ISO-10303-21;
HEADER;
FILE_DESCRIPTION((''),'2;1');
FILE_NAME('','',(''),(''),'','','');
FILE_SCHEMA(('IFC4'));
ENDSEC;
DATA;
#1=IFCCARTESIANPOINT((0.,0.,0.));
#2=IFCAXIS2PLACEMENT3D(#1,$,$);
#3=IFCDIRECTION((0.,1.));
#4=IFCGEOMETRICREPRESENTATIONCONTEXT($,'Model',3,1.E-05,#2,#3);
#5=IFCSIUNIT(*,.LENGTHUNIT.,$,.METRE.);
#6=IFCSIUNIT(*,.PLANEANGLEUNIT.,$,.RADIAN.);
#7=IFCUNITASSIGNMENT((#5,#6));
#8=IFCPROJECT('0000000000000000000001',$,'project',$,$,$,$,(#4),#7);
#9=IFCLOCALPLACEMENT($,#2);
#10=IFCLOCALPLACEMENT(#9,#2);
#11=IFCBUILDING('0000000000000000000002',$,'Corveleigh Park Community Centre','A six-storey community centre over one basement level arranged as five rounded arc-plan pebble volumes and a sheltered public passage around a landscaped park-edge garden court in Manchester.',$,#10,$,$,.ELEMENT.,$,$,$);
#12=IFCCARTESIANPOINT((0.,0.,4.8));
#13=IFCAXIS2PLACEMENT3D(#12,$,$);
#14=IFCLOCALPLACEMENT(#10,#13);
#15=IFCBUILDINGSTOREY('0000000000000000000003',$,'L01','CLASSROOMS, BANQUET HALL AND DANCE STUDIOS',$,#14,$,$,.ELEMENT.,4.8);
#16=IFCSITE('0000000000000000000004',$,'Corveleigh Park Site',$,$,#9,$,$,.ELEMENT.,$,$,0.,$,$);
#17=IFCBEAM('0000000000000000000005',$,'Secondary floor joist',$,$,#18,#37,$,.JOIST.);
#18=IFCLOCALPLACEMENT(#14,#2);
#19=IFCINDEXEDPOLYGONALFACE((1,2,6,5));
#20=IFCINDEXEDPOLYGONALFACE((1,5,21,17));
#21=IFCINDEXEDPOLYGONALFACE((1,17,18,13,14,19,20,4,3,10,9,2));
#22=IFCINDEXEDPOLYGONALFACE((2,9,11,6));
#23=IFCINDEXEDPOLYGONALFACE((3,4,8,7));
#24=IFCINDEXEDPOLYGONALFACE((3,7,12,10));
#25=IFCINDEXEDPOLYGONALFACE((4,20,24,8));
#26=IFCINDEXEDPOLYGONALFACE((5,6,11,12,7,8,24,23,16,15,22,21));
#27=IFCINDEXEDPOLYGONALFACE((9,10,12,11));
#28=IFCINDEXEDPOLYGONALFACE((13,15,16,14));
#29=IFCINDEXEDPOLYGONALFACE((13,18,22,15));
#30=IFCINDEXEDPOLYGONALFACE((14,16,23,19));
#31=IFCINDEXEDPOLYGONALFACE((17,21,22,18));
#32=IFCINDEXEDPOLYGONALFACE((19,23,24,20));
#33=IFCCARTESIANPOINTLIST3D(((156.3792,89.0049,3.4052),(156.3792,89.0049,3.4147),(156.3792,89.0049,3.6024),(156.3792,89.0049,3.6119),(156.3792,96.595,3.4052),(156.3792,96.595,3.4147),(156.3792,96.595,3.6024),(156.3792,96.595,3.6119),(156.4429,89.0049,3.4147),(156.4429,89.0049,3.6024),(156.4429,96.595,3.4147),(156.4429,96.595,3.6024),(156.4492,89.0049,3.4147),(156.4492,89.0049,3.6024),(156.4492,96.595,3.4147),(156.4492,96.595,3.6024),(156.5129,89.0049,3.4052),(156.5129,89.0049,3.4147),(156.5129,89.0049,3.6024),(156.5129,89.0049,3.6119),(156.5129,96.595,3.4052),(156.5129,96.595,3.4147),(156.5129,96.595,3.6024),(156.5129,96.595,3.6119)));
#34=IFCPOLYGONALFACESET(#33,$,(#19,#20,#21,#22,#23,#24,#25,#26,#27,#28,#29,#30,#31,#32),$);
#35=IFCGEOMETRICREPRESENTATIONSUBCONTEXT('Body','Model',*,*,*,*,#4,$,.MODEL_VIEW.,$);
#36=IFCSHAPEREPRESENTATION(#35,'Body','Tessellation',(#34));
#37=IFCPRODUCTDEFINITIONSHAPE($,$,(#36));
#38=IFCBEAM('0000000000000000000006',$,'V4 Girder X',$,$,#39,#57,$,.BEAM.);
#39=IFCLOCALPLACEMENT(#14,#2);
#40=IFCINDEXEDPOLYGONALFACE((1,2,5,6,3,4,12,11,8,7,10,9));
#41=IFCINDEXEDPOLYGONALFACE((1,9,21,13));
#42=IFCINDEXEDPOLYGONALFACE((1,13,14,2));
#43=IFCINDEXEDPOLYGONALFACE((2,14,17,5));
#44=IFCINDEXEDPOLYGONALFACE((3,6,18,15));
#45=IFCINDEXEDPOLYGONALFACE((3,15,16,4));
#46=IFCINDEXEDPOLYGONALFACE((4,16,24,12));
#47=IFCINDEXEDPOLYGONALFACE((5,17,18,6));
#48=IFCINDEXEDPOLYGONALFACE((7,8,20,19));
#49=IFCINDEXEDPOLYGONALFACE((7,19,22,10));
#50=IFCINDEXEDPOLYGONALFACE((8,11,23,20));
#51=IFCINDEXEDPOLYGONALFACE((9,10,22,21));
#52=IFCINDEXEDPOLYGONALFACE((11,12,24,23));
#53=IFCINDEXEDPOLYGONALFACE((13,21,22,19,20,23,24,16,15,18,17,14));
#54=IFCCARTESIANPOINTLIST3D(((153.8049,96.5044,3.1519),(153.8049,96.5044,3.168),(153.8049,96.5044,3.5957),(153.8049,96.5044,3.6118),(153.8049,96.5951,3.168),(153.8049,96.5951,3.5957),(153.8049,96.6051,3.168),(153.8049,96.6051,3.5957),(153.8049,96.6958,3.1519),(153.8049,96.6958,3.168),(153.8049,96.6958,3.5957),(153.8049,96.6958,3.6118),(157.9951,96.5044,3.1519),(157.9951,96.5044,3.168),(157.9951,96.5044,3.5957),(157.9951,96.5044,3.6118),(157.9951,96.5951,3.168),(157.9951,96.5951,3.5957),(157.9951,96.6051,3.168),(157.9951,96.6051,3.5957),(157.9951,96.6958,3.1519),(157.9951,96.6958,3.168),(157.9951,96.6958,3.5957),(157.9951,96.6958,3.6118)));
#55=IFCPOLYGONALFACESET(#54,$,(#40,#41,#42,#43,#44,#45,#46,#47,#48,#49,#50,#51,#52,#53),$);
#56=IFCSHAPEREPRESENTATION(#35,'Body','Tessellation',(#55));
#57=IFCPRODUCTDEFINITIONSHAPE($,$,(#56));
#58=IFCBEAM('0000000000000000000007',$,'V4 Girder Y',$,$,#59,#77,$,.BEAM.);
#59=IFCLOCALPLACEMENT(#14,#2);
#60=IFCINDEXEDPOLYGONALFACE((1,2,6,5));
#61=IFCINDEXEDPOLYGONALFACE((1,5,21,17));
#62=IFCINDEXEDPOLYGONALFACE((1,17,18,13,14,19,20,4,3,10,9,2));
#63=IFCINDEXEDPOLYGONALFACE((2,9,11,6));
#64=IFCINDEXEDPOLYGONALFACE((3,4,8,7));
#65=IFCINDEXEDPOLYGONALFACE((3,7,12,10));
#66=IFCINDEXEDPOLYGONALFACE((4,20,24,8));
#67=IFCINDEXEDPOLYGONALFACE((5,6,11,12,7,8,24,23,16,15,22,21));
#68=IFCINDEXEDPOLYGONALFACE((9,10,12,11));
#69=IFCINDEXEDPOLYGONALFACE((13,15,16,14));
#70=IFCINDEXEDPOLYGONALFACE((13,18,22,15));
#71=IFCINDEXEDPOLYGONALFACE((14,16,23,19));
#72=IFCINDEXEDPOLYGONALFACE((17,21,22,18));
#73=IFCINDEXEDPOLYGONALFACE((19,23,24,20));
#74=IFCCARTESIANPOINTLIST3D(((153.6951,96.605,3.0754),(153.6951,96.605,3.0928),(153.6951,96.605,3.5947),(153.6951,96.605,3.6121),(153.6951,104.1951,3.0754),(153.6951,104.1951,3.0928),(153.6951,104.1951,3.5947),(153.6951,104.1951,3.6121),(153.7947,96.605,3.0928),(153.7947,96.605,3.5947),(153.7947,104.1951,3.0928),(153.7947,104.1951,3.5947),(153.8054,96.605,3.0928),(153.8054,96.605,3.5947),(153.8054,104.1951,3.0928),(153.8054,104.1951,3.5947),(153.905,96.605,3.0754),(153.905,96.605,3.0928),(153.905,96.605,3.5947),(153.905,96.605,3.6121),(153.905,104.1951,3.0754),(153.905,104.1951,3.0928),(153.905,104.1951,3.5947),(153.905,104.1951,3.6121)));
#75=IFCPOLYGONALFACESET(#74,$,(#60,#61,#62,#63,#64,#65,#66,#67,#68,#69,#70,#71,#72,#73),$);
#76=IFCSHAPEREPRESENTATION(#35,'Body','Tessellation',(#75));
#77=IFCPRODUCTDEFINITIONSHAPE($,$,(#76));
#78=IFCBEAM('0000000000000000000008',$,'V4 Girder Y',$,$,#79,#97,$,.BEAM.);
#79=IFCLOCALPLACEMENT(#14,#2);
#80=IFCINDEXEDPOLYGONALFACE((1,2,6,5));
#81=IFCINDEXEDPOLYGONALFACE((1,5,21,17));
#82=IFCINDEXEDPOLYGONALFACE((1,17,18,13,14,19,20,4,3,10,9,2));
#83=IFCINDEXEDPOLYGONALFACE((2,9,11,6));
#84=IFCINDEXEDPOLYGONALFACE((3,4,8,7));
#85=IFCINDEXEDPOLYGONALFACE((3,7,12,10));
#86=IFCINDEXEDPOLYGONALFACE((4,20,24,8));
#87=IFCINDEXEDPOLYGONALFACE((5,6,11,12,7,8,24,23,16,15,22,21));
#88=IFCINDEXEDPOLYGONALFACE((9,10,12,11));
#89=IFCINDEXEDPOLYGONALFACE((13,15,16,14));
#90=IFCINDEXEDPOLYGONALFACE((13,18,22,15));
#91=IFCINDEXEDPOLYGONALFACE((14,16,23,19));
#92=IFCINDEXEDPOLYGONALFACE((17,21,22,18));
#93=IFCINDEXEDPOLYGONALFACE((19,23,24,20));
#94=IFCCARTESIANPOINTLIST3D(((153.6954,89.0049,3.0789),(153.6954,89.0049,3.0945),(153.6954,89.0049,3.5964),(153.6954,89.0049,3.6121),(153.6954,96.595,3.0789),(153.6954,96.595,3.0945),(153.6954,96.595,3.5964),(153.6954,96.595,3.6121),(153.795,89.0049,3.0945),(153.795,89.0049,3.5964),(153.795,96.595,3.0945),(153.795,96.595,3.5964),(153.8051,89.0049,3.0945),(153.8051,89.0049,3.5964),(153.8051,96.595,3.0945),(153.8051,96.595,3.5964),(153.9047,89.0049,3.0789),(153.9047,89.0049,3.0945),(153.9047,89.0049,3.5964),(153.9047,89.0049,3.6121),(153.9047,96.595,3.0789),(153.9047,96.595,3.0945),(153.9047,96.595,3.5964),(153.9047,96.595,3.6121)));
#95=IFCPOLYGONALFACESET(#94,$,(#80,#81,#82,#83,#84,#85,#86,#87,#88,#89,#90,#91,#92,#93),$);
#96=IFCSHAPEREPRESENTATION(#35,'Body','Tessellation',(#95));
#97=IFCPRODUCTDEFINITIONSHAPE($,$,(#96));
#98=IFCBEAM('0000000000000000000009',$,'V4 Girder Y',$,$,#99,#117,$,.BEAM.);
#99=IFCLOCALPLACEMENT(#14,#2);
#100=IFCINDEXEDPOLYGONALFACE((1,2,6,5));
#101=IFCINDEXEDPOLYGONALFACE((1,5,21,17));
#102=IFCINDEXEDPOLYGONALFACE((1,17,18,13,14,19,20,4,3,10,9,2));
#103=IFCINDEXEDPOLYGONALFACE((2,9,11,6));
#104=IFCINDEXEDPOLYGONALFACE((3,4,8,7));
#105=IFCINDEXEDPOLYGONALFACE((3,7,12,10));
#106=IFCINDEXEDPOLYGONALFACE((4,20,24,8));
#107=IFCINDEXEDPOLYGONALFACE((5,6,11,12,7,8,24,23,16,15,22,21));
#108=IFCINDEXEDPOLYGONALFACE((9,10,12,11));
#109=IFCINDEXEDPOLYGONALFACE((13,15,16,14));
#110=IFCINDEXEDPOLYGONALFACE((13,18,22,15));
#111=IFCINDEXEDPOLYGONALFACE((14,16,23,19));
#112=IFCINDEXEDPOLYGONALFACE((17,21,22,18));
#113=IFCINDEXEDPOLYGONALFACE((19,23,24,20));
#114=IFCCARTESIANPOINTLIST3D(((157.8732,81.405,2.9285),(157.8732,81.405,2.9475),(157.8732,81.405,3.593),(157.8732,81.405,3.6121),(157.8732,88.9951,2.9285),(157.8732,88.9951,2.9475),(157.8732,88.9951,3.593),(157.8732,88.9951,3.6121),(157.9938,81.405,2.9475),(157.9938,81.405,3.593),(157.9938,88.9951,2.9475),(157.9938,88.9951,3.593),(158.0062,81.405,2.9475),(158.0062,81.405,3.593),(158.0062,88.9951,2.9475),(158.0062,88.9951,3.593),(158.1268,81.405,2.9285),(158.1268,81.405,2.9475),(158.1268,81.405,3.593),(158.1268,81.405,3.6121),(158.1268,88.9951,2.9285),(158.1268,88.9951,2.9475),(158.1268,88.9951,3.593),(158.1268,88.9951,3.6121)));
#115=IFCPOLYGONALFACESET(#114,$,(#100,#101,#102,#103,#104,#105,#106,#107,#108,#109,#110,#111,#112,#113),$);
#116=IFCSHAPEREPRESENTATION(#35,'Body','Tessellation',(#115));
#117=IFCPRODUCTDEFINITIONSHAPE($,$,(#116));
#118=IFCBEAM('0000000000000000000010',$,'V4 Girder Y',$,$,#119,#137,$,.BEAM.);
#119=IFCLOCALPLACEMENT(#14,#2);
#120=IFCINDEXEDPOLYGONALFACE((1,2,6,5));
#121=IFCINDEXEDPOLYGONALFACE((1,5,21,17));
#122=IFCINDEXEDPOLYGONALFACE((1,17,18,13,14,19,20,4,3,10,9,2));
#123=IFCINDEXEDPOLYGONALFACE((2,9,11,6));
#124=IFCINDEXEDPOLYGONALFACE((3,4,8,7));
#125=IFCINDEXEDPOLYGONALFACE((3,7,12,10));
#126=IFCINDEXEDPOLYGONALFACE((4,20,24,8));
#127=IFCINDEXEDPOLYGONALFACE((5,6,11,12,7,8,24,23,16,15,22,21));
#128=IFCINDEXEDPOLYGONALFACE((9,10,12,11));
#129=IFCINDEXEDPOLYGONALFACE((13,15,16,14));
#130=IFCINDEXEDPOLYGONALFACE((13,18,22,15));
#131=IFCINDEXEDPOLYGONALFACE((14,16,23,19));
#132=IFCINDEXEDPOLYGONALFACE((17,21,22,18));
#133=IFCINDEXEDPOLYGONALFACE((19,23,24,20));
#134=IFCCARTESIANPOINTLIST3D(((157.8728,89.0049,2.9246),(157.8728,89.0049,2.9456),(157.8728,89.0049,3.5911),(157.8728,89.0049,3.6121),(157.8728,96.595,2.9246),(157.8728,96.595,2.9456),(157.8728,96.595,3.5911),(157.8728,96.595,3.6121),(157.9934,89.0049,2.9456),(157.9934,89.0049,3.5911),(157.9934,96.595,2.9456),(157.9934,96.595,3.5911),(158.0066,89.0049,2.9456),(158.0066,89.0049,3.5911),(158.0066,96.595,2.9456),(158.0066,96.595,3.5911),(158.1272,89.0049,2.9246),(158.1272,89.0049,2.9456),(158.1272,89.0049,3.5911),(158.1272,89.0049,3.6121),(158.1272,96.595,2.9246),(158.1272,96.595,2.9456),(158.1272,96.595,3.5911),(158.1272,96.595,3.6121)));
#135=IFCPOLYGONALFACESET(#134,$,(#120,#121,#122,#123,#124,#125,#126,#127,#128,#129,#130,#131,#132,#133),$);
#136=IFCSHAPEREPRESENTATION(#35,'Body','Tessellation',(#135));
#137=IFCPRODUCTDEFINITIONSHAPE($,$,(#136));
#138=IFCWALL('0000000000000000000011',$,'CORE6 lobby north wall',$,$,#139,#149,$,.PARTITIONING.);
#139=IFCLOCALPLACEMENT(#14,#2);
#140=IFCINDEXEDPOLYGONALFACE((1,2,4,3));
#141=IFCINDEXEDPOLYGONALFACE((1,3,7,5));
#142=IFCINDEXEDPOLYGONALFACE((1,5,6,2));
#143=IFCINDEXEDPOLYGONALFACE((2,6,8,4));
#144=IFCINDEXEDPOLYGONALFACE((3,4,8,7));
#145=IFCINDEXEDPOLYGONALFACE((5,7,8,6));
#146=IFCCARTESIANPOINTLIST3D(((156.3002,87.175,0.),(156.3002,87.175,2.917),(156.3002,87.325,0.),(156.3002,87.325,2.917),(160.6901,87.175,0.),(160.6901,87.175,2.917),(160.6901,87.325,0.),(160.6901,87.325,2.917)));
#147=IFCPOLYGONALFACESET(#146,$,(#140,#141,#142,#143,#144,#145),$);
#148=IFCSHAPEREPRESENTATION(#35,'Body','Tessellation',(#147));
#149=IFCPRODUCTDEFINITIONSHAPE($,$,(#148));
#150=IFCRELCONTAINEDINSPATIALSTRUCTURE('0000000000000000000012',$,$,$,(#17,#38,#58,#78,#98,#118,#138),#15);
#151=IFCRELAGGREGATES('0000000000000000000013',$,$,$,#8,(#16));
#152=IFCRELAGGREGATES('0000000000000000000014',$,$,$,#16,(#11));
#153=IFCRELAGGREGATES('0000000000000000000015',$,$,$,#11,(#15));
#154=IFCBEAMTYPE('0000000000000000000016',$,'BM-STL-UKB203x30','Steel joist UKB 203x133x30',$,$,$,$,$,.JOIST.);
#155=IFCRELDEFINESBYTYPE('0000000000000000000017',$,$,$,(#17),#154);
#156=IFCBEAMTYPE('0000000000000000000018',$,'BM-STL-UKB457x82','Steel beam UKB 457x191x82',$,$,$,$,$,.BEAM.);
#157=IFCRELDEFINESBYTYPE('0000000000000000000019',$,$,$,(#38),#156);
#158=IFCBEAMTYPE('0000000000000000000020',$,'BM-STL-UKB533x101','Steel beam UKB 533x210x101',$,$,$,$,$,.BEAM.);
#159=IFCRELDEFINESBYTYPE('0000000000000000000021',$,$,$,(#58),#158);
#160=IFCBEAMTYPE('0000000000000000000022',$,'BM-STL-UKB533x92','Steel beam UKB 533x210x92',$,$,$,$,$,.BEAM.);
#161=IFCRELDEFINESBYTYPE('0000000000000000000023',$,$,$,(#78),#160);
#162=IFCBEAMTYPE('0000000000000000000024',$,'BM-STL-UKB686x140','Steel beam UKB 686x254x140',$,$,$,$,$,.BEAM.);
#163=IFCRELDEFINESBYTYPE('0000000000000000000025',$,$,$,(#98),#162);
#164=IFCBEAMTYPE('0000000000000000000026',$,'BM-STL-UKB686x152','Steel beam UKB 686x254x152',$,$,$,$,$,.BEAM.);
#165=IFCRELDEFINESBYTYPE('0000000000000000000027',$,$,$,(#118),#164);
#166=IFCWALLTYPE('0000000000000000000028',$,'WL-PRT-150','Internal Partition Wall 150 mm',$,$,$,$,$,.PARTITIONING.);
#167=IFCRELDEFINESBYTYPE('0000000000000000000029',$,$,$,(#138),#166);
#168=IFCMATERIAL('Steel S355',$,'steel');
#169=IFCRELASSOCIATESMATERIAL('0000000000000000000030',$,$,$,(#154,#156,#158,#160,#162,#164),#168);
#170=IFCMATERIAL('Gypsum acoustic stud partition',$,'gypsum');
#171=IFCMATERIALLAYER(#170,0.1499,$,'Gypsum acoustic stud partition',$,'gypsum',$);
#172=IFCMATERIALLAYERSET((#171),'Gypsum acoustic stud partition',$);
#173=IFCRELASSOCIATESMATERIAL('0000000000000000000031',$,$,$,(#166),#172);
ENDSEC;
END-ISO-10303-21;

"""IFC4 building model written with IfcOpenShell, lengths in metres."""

from ifc_helpers import new_model, si_unit, direction, frame, frame_2d, origin, origin_2d, place, context, subcontext, project, spatial, rectangle, i_section, extrude, material, layer, layer_set, material_profile, profile_set, type_object, element, save


model = new_model("IFC4")

# Units and contexts
model_context = context("Model", 3, precision=1e-05, world=origin(), true_north=direction((0.0, 1.0)))
body_context = subcontext(model_context, "Body", "Model", "MODEL_VIEW")
ifc_project = project(units=[si_unit("LENGTHUNIT", "METRE"), si_unit("PLANEANGLEUNIT", "RADIAN")], contexts=[model_context])

# Site, building, storey
site_placement = place(None, origin())
site = spatial("IfcSite", under=ifc_project, at=site_placement, Name="Corveleigh Park Site", CompositionType="ELEMENT", RefElevation=0.0)
building_placement = place(site_placement, origin())
building = spatial("IfcBuilding", under=site, at=building_placement, Name="Corveleigh Park Community Centre", Description="A six-storey community centre over one basement level arranged as five rounded arc-plan pebble volumes and a sheltered public passage around a landscaped park-edge garden court in Manchester.", CompositionType="ELEMENT")
storey_placement = place(building_placement, frame((0.0, 0.0, 4.8)))
storey = spatial("IfcBuildingStorey", under=building, at=storey_placement, Name="L01", Description="CLASSROOMS, BANQUET HALL AND DANCE STUDIOS", CompositionType="ELEMENT", Elevation=4.8)

# Shared definitions
ifc_material_1 = material(Name="Steel S355", Category="steel")

# Beams
ifc_material_profile_1 = material_profile(ifc_material_1, i_section(OverallWidth=0.1338, OverallDepth=0.2068, WebThickness=0.0063, FlangeThickness=0.0095, at=origin_2d()), Name="UKB 203x133x30", Category="steel")
ifc_profile_set_1 = profile_set([ifc_material_profile_1], Name="Steel S355")
beam_type_1 = type_object("IfcBeamType", Name="BM-STL-UKB203x30", Description="Steel joist UKB 203x133x30", PredefinedType="JOIST", material=ifc_profile_set_1)
for number, where, z_axis, x_axis, name in (
    (1, (156.446, 89.0049, 3.5085), (0.0, 1.0, 0.0), (-1.0, 0.0, 0.0), "Secondary floor joist"),
):
    element("IfcBeam", number, at=place(storey_placement, frame(where, z_axis=z_axis, x_axis=x_axis)), inside=storey, type_object=beam_type_1, Name=name, PredefinedType="JOIST", context=body_context, shape_type="SweptSolid", body=[
        extrude(i_section(OverallWidth=0.1338, OverallDepth=0.2068, WebThickness=0.0063, FlangeThickness=0.0095, at=origin_2d()), origin(), (0.0, 0.0, 1.0), 7.5901),
    ])
ifc_material_profile_2 = material_profile(ifc_material_1, i_section(OverallWidth=0.1914, OverallDepth=0.46, WebThickness=0.01, FlangeThickness=0.0161, at=origin_2d()), Name="UKB 457x191x82", Category="steel")
ifc_profile_set_2 = profile_set([ifc_material_profile_2], Name="Steel S355")
beam_type_2 = type_object("IfcBeamType", Name="BM-STL-UKB457x82", Description="Steel beam UKB 457x191x82", PredefinedType="BEAM", material=ifc_profile_set_2)
beam_1_placement = place(storey_placement, frame((153.8049, 96.6001, 3.3818), z_axis=(1.0, 0.0, 0.0), x_axis=(0.0, 1.0, 0.0)))
element("IfcBeam", 2, at=beam_1_placement, inside=storey, type_object=beam_type_2, Name="V4 Girder X", PredefinedType="BEAM", context=body_context, shape_type="SweptSolid", body=[
    extrude(i_section(OverallWidth=0.1914, OverallDepth=0.46, WebThickness=0.01, FlangeThickness=0.0161, at=origin_2d()), origin(), (0.0, 0.0, 1.0), 4.1902),
])
ifc_material_profile_3 = material_profile(ifc_material_1, i_section(OverallWidth=0.21, OverallDepth=0.5366, WebThickness=0.0107, FlangeThickness=0.0173, at=origin_2d()), Name="UKB 533x210x101", Category="steel")
ifc_profile_set_3 = profile_set([ifc_material_profile_3], Name="Steel S355")
beam_type_3 = type_object("IfcBeamType", Name="BM-STL-UKB533x101", Description="Steel beam UKB 533x210x101", PredefinedType="BEAM", material=ifc_profile_set_3)
beam_2_placement = place(storey_placement, frame((153.8, 96.605, 3.3438), z_axis=(0.0, 1.0, 0.0), x_axis=(-1.0, 0.0, 0.0)))
element("IfcBeam", 3, at=beam_2_placement, inside=storey, type_object=beam_type_3, Name="V4 Girder Y", PredefinedType="BEAM", context=body_context, shape_type="SweptSolid", body=[
    extrude(i_section(OverallWidth=0.21, OverallDepth=0.5366, WebThickness=0.0107, FlangeThickness=0.0173, at=origin_2d()), origin(), (0.0, 0.0, 1.0), 7.5901),
])
ifc_material_profile_4 = material_profile(ifc_material_1, i_section(OverallWidth=0.2092, OverallDepth=0.5332, WebThickness=0.01, FlangeThickness=0.0156, at=origin_2d()), Name="UKB 533x210x92", Category="steel")
ifc_profile_set_4 = profile_set([ifc_material_profile_4], Name="Steel S355")
beam_type_4 = type_object("IfcBeamType", Name="BM-STL-UKB533x92", Description="Steel beam UKB 533x210x92", PredefinedType="BEAM", material=ifc_profile_set_4)
beam_3_placement = place(storey_placement, frame((153.8, 89.0049, 3.3455), z_axis=(0.0, 1.0, 0.0), x_axis=(-1.0, 0.0, 0.0)))
element("IfcBeam", 4, at=beam_3_placement, inside=storey, type_object=beam_type_4, Name="V4 Girder Y", PredefinedType="BEAM", context=body_context, shape_type="SweptSolid", body=[
    extrude(i_section(OverallWidth=0.2092, OverallDepth=0.5332, WebThickness=0.01, FlangeThickness=0.0156, at=origin_2d()), origin(), (0.0, 0.0, 1.0), 7.5901),
])
ifc_material_profile_5 = material_profile(ifc_material_1, i_section(OverallWidth=0.2537, OverallDepth=0.6836, WebThickness=0.0125, FlangeThickness=0.019, at=origin_2d()), Name="UKB 686x254x140", Category="steel")
ifc_profile_set_5 = profile_set([ifc_material_profile_5], Name="Steel S355")
beam_type_5 = type_object("IfcBeamType", Name="BM-STL-UKB686x140", Description="Steel beam UKB 686x254x140", PredefinedType="BEAM", material=ifc_profile_set_5)
beam_4_placement = place(storey_placement, frame((158.0, 81.405, 3.2703), z_axis=(0.0, 1.0, 0.0), x_axis=(-1.0, 0.0, 0.0)))
element("IfcBeam", 5, at=beam_4_placement, inside=storey, type_object=beam_type_5, Name="V4 Girder Y", PredefinedType="BEAM", context=body_context, shape_type="SweptSolid", body=[
    extrude(i_section(OverallWidth=0.2537, OverallDepth=0.6836, WebThickness=0.0125, FlangeThickness=0.019, at=origin_2d()), origin(), (0.0, 0.0, 1.0), 7.5901),
])
ifc_material_profile_6 = material_profile(ifc_material_1, i_section(OverallWidth=0.2544, OverallDepth=0.6875, WebThickness=0.0132, FlangeThickness=0.021, at=origin_2d()), Name="UKB 686x254x152", Category="steel")
ifc_profile_set_6 = profile_set([ifc_material_profile_6], Name="Steel S355")
beam_type_6 = type_object("IfcBeamType", Name="BM-STL-UKB686x152", Description="Steel beam UKB 686x254x152", PredefinedType="BEAM", material=ifc_profile_set_6)
beam_5_placement = place(storey_placement, frame((158.0, 89.0049, 3.2683), z_axis=(0.0, 1.0, 0.0), x_axis=(-1.0, 0.0, 0.0)))
element("IfcBeam", 6, at=beam_5_placement, inside=storey, type_object=beam_type_6, Name="V4 Girder Y", PredefinedType="BEAM", context=body_context, shape_type="SweptSolid", body=[
    extrude(i_section(OverallWidth=0.2544, OverallDepth=0.6875, WebThickness=0.0132, FlangeThickness=0.021, at=origin_2d()), origin(), (0.0, 0.0, 1.0), 7.5901),
])

# Wall
ifc_material_2 = material(Name="Gypsum acoustic stud partition", Category="gypsum")
ifc_layer_1 = layer(ifc_material_2, 0.1499, Name="Gypsum acoustic stud partition", Category="gypsum")
ifc_layer_set_1 = layer_set([ifc_layer_1], Name="Gypsum acoustic stud partition")
wall_type_1 = type_object("IfcWallType", Name="WL-PRT-150", Description="Internal Partition Wall 150 mm", PredefinedType="PARTITIONING", material=ifc_layer_set_1)
wall_1_placement = place(storey_placement, frame((160.6899, 87.25, 0.0), z_axis=(0.0, 0.0, 1.0), x_axis=(-1.0, 0.0, 0.0)))
element("IfcWall", 7, at=wall_1_placement, inside=storey, type_object=wall_type_1, Name="CORE6 lobby north wall", PredefinedType="PARTITIONING", context=body_context, shape_type="SweptSolid", body=[
    extrude(rectangle(XDim=4.3899, YDim=0.1499, at=frame_2d((2.1948, 0.0))), origin(), (0.0, 0.0, 1.0), 2.917),
])

save(model, "model.ifc")
